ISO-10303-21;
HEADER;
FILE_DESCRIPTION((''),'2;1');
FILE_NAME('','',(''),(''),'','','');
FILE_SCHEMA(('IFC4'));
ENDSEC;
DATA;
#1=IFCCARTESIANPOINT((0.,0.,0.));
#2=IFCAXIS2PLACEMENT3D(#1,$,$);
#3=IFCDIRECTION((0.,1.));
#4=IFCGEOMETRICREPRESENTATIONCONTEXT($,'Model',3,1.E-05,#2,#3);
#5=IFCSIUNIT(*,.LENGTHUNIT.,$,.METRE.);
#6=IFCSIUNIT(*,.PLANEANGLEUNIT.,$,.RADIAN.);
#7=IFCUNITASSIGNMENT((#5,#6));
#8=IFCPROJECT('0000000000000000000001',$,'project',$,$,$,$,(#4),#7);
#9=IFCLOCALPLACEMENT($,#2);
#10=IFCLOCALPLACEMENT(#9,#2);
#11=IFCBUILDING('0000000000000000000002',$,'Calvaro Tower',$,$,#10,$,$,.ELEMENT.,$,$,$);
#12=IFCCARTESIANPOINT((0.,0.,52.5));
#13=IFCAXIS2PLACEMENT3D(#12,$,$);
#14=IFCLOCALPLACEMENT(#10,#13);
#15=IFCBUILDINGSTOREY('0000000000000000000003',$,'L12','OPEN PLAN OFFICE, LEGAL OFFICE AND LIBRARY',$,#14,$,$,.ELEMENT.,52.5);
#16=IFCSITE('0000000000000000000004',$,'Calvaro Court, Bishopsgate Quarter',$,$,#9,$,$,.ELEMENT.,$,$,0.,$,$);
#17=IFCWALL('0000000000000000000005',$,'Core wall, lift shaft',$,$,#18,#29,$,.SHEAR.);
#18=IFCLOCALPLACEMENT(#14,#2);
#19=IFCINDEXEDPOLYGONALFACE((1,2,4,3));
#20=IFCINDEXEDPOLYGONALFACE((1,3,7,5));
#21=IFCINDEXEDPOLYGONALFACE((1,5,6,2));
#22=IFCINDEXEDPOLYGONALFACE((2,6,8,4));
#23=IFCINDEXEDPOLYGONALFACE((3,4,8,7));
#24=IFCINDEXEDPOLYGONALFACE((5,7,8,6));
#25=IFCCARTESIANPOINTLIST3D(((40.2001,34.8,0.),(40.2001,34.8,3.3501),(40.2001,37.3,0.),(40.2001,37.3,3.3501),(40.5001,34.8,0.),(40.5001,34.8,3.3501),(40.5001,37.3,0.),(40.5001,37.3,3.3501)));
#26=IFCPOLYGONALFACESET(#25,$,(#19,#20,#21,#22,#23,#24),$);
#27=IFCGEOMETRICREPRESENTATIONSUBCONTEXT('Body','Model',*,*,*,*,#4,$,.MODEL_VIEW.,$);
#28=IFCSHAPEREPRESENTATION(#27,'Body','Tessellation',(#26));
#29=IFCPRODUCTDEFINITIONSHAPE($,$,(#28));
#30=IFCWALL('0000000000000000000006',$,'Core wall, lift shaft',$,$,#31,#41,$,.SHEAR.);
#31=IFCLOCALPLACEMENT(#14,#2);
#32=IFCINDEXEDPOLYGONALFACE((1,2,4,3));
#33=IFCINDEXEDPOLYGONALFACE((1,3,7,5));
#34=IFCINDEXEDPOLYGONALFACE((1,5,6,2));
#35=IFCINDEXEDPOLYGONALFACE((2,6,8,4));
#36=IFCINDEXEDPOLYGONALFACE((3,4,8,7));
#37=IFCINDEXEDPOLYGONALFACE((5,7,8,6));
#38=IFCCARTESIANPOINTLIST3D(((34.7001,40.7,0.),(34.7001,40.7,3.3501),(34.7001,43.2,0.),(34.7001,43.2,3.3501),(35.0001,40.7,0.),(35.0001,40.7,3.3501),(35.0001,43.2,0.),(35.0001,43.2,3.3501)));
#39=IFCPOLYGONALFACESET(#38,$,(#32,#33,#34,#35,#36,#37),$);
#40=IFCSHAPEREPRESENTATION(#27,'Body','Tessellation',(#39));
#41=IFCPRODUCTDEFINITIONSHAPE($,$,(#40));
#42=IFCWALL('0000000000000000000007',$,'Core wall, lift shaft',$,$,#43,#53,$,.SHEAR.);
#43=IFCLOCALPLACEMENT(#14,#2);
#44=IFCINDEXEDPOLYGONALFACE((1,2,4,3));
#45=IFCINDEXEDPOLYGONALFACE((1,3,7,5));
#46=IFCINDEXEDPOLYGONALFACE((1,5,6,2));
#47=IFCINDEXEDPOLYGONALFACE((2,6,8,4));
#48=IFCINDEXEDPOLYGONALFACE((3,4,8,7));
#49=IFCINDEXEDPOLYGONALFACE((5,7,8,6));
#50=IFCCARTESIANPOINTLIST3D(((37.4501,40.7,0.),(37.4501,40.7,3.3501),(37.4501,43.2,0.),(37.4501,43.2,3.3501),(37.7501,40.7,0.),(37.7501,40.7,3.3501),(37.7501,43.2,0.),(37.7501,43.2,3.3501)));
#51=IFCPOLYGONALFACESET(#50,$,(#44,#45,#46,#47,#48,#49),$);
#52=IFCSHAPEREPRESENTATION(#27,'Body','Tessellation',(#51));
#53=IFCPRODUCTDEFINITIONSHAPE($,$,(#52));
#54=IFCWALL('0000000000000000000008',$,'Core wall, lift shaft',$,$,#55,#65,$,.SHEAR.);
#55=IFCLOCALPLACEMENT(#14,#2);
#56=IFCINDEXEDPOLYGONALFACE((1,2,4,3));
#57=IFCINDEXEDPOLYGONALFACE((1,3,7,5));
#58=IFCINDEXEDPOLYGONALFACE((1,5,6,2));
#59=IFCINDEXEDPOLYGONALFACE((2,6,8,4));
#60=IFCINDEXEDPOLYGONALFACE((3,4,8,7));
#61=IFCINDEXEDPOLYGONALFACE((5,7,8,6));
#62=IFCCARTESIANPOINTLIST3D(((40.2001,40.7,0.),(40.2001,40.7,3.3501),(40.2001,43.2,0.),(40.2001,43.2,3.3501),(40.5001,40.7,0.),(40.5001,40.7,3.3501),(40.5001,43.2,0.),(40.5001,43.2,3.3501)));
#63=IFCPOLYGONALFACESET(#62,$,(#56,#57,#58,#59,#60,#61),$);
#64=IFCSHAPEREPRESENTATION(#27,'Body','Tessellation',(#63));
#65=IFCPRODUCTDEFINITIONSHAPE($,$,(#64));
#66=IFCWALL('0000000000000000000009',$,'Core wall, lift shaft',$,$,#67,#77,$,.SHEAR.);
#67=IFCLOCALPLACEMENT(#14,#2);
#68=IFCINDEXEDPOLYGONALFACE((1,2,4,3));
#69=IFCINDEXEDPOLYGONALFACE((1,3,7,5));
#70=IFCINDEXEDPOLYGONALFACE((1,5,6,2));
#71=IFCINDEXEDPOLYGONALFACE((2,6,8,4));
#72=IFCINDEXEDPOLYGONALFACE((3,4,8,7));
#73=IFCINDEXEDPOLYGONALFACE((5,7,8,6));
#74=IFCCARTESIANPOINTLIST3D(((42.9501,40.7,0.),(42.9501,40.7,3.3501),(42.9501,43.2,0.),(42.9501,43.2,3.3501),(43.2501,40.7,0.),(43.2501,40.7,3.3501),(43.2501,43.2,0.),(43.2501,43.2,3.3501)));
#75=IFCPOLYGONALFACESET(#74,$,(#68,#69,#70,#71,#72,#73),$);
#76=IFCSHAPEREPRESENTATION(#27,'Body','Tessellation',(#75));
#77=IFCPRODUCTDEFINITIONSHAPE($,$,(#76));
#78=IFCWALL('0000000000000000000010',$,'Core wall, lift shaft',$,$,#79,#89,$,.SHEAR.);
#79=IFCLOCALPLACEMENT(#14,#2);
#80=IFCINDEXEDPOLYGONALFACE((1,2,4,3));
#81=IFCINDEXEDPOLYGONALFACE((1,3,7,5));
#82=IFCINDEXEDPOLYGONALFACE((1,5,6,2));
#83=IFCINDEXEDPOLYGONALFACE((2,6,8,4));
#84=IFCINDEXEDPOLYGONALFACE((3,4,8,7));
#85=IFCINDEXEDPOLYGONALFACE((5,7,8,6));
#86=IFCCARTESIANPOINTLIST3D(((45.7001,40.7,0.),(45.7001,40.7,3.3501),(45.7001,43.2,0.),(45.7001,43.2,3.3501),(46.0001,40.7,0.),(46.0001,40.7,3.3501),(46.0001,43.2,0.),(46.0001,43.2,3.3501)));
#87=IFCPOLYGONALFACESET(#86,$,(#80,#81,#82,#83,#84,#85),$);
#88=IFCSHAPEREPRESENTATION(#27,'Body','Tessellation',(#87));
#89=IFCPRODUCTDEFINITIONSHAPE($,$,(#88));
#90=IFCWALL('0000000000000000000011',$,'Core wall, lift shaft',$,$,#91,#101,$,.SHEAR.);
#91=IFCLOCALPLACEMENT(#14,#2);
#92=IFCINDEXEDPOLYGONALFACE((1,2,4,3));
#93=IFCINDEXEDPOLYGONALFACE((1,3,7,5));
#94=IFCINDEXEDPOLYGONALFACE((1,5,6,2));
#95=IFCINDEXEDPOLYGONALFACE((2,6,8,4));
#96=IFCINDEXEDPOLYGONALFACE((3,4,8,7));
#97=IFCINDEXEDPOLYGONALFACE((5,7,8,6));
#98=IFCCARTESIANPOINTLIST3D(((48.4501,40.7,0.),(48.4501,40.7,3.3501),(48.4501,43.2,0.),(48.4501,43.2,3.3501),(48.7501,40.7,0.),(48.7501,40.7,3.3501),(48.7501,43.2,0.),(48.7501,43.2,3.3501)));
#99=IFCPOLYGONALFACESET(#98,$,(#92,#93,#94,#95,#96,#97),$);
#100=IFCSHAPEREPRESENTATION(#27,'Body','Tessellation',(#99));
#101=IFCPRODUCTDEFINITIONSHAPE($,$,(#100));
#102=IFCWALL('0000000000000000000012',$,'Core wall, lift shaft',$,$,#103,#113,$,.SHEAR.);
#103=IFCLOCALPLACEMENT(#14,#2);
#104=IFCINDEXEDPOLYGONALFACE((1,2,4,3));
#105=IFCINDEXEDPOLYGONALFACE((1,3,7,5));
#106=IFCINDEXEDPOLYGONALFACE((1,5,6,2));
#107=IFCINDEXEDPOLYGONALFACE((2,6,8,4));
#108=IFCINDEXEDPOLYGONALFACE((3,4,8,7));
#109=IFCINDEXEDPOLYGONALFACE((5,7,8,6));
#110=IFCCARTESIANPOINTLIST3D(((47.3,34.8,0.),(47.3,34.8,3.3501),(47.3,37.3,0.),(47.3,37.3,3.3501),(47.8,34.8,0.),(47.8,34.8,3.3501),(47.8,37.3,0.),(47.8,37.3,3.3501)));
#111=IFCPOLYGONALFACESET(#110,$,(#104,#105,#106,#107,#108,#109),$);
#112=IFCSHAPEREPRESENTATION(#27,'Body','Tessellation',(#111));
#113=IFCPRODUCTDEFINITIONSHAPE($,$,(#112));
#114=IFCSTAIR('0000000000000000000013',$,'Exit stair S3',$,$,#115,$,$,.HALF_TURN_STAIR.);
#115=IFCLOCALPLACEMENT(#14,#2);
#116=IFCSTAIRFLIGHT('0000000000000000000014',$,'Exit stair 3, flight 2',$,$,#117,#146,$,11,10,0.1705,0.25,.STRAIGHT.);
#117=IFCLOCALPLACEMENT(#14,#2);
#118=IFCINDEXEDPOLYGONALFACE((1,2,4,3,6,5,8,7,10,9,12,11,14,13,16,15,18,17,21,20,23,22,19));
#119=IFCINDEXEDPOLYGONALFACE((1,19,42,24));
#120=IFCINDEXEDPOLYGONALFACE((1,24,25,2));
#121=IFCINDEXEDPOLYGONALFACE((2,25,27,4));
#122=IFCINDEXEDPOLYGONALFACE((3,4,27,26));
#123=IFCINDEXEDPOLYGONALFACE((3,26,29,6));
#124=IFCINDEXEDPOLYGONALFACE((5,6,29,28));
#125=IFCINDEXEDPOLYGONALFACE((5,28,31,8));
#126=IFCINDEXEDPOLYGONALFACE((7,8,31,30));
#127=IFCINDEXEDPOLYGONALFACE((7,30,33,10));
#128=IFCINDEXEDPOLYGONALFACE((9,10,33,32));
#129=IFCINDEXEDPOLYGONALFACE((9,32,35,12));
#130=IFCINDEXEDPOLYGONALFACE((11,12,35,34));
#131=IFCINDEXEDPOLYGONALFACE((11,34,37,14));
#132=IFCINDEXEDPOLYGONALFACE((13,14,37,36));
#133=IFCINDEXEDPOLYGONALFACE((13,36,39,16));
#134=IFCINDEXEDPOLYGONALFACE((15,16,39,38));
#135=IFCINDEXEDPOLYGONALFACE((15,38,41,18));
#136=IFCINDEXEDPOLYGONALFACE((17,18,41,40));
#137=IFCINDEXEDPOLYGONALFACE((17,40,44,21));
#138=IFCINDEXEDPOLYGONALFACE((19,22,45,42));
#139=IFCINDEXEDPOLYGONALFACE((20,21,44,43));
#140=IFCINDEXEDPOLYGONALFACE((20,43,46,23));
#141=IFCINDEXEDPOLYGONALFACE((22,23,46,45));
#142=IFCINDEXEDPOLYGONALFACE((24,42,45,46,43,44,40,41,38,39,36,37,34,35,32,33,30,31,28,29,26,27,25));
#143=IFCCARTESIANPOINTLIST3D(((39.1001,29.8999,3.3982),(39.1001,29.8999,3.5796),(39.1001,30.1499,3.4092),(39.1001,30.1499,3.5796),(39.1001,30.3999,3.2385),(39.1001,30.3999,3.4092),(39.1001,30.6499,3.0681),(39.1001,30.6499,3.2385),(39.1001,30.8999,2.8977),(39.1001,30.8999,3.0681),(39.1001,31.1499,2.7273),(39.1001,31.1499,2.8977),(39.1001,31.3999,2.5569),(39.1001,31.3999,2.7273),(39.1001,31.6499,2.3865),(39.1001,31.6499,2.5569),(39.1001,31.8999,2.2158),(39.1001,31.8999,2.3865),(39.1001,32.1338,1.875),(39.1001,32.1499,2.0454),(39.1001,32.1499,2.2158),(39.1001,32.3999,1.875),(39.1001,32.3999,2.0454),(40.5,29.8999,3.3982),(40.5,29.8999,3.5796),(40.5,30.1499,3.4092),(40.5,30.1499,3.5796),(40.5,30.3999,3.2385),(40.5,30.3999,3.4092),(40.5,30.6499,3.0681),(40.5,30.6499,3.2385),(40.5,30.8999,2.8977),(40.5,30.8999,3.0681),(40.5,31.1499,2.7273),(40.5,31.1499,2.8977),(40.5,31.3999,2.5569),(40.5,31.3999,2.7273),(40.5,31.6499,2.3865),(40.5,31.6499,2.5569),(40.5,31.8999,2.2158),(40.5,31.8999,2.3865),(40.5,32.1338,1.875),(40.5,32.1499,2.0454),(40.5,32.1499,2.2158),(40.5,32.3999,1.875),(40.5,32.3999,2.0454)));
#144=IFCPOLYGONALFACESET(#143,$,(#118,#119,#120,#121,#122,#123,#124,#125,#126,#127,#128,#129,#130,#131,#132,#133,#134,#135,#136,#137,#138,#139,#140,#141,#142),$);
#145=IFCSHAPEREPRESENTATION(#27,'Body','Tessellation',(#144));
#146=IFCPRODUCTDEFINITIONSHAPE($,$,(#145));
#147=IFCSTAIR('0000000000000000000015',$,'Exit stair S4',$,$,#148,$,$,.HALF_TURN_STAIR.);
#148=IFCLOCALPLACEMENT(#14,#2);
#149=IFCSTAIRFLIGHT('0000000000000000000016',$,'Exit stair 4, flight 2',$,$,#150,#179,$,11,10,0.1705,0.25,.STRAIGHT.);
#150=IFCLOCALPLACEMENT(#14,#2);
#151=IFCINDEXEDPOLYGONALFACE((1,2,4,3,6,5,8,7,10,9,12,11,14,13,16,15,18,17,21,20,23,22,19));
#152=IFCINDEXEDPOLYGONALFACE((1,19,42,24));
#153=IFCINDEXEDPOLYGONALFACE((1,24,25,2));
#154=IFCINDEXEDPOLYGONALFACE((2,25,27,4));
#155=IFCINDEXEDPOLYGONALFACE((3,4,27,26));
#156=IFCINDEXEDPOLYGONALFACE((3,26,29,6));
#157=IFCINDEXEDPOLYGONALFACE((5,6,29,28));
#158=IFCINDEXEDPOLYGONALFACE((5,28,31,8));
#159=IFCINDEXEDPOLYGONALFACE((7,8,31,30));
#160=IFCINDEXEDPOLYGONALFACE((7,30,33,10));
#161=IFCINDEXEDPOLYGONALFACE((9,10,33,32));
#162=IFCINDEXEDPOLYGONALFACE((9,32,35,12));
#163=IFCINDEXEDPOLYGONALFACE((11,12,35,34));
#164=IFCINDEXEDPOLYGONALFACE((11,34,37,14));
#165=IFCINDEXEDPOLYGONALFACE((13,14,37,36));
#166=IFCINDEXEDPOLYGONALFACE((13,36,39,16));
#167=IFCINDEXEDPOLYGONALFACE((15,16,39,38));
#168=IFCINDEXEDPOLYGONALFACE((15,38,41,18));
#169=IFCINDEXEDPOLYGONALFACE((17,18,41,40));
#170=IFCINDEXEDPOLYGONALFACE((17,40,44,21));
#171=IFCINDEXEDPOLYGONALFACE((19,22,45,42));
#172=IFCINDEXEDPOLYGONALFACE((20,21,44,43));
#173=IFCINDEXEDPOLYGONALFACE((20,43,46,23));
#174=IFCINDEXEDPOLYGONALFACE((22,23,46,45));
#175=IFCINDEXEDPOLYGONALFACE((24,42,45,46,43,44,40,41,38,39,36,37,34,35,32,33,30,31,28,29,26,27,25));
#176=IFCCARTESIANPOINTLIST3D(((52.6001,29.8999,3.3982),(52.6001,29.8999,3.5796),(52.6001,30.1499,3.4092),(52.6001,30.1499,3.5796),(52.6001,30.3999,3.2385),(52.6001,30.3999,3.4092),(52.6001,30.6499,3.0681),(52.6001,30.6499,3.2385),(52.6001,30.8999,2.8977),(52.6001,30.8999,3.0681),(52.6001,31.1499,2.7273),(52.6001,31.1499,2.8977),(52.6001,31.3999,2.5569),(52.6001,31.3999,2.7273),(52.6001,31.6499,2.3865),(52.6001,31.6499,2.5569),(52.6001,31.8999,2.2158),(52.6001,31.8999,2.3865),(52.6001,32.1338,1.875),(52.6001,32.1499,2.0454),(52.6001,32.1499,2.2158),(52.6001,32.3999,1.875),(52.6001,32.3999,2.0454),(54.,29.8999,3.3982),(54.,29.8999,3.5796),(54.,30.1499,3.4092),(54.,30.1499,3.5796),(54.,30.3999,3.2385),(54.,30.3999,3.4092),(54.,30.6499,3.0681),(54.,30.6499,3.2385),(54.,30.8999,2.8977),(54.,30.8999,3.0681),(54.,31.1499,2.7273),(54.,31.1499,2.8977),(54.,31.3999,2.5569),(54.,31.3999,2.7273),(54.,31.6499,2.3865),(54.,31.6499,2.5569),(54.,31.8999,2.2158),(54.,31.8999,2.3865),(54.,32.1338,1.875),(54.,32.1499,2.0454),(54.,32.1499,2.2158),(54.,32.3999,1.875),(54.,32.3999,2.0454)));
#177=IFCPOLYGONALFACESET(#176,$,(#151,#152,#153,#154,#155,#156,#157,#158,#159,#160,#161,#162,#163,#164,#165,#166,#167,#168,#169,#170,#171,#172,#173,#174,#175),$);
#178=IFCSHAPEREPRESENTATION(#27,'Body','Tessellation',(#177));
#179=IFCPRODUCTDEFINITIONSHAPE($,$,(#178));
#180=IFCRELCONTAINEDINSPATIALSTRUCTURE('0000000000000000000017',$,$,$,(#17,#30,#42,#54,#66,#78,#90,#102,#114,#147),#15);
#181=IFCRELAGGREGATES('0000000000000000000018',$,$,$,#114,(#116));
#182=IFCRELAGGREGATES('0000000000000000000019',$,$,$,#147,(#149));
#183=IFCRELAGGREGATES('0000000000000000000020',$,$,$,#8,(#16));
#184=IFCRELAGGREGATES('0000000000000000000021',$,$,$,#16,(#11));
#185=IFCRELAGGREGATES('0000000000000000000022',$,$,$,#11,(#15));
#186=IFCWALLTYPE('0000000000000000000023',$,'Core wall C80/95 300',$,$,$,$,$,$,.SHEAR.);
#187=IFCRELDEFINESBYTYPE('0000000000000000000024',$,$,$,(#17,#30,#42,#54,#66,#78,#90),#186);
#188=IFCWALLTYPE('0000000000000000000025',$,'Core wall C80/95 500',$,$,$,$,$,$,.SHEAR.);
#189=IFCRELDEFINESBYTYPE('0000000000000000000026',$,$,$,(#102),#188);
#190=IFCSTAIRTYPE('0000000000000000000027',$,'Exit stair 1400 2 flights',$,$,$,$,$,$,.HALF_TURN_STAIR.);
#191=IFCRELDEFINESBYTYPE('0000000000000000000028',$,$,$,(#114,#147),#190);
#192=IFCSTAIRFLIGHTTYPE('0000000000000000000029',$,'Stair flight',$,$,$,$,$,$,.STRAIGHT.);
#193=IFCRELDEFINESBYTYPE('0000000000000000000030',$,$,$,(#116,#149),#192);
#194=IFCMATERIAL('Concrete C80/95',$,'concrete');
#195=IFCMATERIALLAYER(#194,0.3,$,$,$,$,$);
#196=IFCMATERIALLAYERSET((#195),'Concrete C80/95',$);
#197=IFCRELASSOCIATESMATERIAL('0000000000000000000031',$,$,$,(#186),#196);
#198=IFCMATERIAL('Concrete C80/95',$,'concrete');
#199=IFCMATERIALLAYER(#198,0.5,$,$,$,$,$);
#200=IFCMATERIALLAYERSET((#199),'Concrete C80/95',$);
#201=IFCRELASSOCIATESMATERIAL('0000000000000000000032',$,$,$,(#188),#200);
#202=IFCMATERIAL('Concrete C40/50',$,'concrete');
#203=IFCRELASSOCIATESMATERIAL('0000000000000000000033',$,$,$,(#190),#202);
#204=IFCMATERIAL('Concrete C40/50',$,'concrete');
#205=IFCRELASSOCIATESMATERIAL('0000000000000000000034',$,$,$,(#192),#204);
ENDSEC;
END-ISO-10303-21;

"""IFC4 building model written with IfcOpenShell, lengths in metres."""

from ifc_helpers import new_model, si_unit, direction, frame, frame_2d, origin, place, context, subcontext, project, spatial, polyline, rectangle, outline, extrude, material, layer, layer_set, type_object, element, aggregate, save


model = new_model("IFC4")

# Units and contexts
model_context = context("Model", 3, precision=1e-05, world=origin(), true_north=direction((0.0, 1.0)))
body_context = subcontext(model_context, "Body", "Model", "MODEL_VIEW")
ifc_project = project(units=[si_unit("LENGTHUNIT", "METRE"), si_unit("PLANEANGLEUNIT", "RADIAN")], contexts=[model_context])

# Site, building, storey
site_placement = place(None, origin())
site = spatial("IfcSite", under=ifc_project, at=site_placement, Name="Calvaro Court, Bishopsgate Quarter", CompositionType="ELEMENT", RefElevation=0.0)
building_placement = place(site_placement, origin())
building = spatial("IfcBuilding", under=site, at=building_placement, Name="Calvaro Tower", CompositionType="ELEMENT")
storey_placement = place(building_placement, frame((0.0, 0.0, 52.5)))
storey = spatial("IfcBuildingStorey", under=building, at=storey_placement, Name="L12", Description="OPEN PLAN OFFICE, LEGAL OFFICE AND LIBRARY", CompositionType="ELEMENT", Elevation=52.5)

# Shared definitions
ifc_material_1 = material(Name="Concrete C80/95", Category="concrete")
ifc_layer_1 = layer(ifc_material_1, 0.3)
ifc_layer_set_1 = layer_set([ifc_layer_1], Name="Concrete C80/95")
wall_type_1 = type_object("IfcWallType", Name="Core wall C80/95 300", PredefinedType="SHEAR", material=ifc_layer_set_1)

# Walls
for number, where, z_axis, x_axis, name in (
    (1, (40.3501, 34.8, 0.0), (0.0, 0.0, 1.0), (0.0, 1.0, 0.0), "Core wall, lift shaft"),
    (2, (34.8501, 40.7, 0.0), (0.0, 0.0, 1.0), (0.0, 1.0, 0.0), "Core wall, lift shaft"),
    (3, (37.6001, 40.7, 0.0), (0.0, 0.0, 1.0), (0.0, 1.0, 0.0), "Core wall, lift shaft"),
    (4, (40.3501, 40.7, 0.0), (0.0, 0.0, 1.0), (0.0, 1.0, 0.0), "Core wall, lift shaft"),
    (5, (43.1001, 40.7, 0.0), (0.0, 0.0, 1.0), (0.0, 1.0, 0.0), "Core wall, lift shaft"),
    (6, (45.8501, 40.7, 0.0), (0.0, 0.0, 1.0), (0.0, 1.0, 0.0), "Core wall, lift shaft"),
    (7, (48.6001, 40.7, 0.0), (0.0, 0.0, 1.0), (0.0, 1.0, 0.0), "Core wall, lift shaft"),
):
    element("IfcWall", number, at=place(storey_placement, frame(where, z_axis=z_axis, x_axis=x_axis)), inside=storey, type_object=wall_type_1, Name=name, PredefinedType="SHEAR", context=body_context, shape_type="SweptSolid", body=[
        extrude(rectangle(XDim=2.5, YDim=0.3, at=frame_2d((1.25, 0.0))), origin(), (0.0, 0.0, 1.0), 3.3501),
    ])
ifc_material_2 = material(Name="Concrete C80/95", Category="concrete")
ifc_layer_2 = layer(ifc_material_2, 0.5)
ifc_layer_set_2 = layer_set([ifc_layer_2], Name="Concrete C80/95")
wall_type_2 = type_object("IfcWallType", Name="Core wall C80/95 500", PredefinedType="SHEAR", material=ifc_layer_set_2)
wall_1_placement = place(storey_placement, frame((47.55, 34.8, 0.0), z_axis=(0.0, 0.0, 1.0), x_axis=(0.0, 1.0, 0.0)))
element("IfcWall", 8, at=wall_1_placement, inside=storey, type_object=wall_type_2, Name="Core wall, lift shaft", PredefinedType="SHEAR", context=body_context, shape_type="SweptSolid", body=[
    extrude(rectangle(XDim=2.5, YDim=0.5, at=frame_2d((1.25, 0.0))), origin(), (0.0, 0.0, 1.0), 3.3501),
])

# Stairs, stair flights
ifc_material_3 = material(Name="Concrete C40/50", Category="concrete")
stair_type = type_object("IfcStairType", Name="Exit stair 1400 2 flights", PredefinedType="HALF_TURN_STAIR", material=ifc_material_3)
stair_1_placement = place(storey_placement, origin())
stair_1 = element("IfcStair", 9, at=stair_1_placement, inside=storey, type_object=stair_type, Name="Exit stair S3", PredefinedType="HALF_TURN_STAIR")
ifc_material_4 = material(Name="Concrete C40/50", Category="concrete")
stair_flight_type = type_object("IfcStairFlightType", Name="Stair flight", PredefinedType="STRAIGHT", material=ifc_material_4)
stair_flight_1_placement = place(storey_placement, frame((39.8, 32.3999, 1.875), z_axis=(0.0, 0.0, 1.0), x_axis=(0.0, -1.0, 0.0)))
stair_flight_1 = element("IfcStairFlight", 10, at=stair_flight_1_placement, type_object=stair_flight_type, Name="Exit stair 3, flight 2", NumberOfRisers=11, NumberOfTreads=10, PredefinedType="STRAIGHT", RiserHeight=0.1705, TreadLength=0.25, context=body_context, shape_type="SweptSolid", body=[
    extrude(outline(polyline([(0.0, 0.0), (0.0, 0.1704), (0.25, 0.1704), (0.25, 0.3408), (0.5, 0.3408), (0.5, 0.5115), (0.75, 0.5115), (0.75, 0.6819), (1.0, 0.6819), (1.0, 0.8523), (1.25, 0.8523), (1.25, 1.0227), (1.5, 1.0227), (1.5, 1.1931), (1.75, 1.1931), (1.75, 1.3635), (2.0, 1.3635), (2.0, 1.5342), (2.25, 1.5342), (2.25, 1.7046), (2.5, 1.7046), (2.5, 1.875), (2.5, 1.5232), (0.2661, 0.0), (0.0, 0.0)])), frame((0.0, 0.7, 0.0), z_axis=(0.0, -1.0, 0.0), x_axis=(1.0, 0.0, 0.0)), (0.0, 0.0, 1.0), 1.3999),
])
stair_2_placement = place(storey_placement, origin())
stair_2 = element("IfcStair", 11, at=stair_2_placement, inside=storey, type_object=stair_type, Name="Exit stair S4", PredefinedType="HALF_TURN_STAIR")
stair_flight_2_placement = place(storey_placement, frame((53.3, 32.3999, 1.875), z_axis=(0.0, 0.0, 1.0), x_axis=(0.0, -1.0, 0.0)))
stair_flight_2 = element("IfcStairFlight", 12, at=stair_flight_2_placement, type_object=stair_flight_type, Name="Exit stair 4, flight 2", NumberOfRisers=11, NumberOfTreads=10, PredefinedType="STRAIGHT", RiserHeight=0.1705, TreadLength=0.25, context=body_context, shape_type="SweptSolid", body=[
    extrude(outline(polyline([(0.0, 0.0), (0.0, 0.1704), (0.25, 0.1704), (0.25, 0.3408), (0.5, 0.3408), (0.5, 0.5115), (0.75, 0.5115), (0.75, 0.6819), (1.0, 0.6819), (1.0, 0.8523), (1.25, 0.8523), (1.25, 1.0227), (1.5, 1.0227), (1.5, 1.1931), (1.75, 1.1931), (1.75, 1.3635), (2.0, 1.3635), (2.0, 1.5342), (2.25, 1.5342), (2.25, 1.7046), (2.5, 1.7046), (2.5, 1.875), (2.5, 1.5232), (0.2661, 0.0), (0.0, 0.0)])), frame((0.0, 0.7, 0.0), z_axis=(0.0, -1.0, 0.0), x_axis=(1.0, 0.0, 0.0)), (0.0, 0.0, 1.0), 1.3999),
])

aggregate(stair_1, [stair_flight_1])
aggregate(stair_2, [stair_flight_2])

save(model, "model.ifc")
